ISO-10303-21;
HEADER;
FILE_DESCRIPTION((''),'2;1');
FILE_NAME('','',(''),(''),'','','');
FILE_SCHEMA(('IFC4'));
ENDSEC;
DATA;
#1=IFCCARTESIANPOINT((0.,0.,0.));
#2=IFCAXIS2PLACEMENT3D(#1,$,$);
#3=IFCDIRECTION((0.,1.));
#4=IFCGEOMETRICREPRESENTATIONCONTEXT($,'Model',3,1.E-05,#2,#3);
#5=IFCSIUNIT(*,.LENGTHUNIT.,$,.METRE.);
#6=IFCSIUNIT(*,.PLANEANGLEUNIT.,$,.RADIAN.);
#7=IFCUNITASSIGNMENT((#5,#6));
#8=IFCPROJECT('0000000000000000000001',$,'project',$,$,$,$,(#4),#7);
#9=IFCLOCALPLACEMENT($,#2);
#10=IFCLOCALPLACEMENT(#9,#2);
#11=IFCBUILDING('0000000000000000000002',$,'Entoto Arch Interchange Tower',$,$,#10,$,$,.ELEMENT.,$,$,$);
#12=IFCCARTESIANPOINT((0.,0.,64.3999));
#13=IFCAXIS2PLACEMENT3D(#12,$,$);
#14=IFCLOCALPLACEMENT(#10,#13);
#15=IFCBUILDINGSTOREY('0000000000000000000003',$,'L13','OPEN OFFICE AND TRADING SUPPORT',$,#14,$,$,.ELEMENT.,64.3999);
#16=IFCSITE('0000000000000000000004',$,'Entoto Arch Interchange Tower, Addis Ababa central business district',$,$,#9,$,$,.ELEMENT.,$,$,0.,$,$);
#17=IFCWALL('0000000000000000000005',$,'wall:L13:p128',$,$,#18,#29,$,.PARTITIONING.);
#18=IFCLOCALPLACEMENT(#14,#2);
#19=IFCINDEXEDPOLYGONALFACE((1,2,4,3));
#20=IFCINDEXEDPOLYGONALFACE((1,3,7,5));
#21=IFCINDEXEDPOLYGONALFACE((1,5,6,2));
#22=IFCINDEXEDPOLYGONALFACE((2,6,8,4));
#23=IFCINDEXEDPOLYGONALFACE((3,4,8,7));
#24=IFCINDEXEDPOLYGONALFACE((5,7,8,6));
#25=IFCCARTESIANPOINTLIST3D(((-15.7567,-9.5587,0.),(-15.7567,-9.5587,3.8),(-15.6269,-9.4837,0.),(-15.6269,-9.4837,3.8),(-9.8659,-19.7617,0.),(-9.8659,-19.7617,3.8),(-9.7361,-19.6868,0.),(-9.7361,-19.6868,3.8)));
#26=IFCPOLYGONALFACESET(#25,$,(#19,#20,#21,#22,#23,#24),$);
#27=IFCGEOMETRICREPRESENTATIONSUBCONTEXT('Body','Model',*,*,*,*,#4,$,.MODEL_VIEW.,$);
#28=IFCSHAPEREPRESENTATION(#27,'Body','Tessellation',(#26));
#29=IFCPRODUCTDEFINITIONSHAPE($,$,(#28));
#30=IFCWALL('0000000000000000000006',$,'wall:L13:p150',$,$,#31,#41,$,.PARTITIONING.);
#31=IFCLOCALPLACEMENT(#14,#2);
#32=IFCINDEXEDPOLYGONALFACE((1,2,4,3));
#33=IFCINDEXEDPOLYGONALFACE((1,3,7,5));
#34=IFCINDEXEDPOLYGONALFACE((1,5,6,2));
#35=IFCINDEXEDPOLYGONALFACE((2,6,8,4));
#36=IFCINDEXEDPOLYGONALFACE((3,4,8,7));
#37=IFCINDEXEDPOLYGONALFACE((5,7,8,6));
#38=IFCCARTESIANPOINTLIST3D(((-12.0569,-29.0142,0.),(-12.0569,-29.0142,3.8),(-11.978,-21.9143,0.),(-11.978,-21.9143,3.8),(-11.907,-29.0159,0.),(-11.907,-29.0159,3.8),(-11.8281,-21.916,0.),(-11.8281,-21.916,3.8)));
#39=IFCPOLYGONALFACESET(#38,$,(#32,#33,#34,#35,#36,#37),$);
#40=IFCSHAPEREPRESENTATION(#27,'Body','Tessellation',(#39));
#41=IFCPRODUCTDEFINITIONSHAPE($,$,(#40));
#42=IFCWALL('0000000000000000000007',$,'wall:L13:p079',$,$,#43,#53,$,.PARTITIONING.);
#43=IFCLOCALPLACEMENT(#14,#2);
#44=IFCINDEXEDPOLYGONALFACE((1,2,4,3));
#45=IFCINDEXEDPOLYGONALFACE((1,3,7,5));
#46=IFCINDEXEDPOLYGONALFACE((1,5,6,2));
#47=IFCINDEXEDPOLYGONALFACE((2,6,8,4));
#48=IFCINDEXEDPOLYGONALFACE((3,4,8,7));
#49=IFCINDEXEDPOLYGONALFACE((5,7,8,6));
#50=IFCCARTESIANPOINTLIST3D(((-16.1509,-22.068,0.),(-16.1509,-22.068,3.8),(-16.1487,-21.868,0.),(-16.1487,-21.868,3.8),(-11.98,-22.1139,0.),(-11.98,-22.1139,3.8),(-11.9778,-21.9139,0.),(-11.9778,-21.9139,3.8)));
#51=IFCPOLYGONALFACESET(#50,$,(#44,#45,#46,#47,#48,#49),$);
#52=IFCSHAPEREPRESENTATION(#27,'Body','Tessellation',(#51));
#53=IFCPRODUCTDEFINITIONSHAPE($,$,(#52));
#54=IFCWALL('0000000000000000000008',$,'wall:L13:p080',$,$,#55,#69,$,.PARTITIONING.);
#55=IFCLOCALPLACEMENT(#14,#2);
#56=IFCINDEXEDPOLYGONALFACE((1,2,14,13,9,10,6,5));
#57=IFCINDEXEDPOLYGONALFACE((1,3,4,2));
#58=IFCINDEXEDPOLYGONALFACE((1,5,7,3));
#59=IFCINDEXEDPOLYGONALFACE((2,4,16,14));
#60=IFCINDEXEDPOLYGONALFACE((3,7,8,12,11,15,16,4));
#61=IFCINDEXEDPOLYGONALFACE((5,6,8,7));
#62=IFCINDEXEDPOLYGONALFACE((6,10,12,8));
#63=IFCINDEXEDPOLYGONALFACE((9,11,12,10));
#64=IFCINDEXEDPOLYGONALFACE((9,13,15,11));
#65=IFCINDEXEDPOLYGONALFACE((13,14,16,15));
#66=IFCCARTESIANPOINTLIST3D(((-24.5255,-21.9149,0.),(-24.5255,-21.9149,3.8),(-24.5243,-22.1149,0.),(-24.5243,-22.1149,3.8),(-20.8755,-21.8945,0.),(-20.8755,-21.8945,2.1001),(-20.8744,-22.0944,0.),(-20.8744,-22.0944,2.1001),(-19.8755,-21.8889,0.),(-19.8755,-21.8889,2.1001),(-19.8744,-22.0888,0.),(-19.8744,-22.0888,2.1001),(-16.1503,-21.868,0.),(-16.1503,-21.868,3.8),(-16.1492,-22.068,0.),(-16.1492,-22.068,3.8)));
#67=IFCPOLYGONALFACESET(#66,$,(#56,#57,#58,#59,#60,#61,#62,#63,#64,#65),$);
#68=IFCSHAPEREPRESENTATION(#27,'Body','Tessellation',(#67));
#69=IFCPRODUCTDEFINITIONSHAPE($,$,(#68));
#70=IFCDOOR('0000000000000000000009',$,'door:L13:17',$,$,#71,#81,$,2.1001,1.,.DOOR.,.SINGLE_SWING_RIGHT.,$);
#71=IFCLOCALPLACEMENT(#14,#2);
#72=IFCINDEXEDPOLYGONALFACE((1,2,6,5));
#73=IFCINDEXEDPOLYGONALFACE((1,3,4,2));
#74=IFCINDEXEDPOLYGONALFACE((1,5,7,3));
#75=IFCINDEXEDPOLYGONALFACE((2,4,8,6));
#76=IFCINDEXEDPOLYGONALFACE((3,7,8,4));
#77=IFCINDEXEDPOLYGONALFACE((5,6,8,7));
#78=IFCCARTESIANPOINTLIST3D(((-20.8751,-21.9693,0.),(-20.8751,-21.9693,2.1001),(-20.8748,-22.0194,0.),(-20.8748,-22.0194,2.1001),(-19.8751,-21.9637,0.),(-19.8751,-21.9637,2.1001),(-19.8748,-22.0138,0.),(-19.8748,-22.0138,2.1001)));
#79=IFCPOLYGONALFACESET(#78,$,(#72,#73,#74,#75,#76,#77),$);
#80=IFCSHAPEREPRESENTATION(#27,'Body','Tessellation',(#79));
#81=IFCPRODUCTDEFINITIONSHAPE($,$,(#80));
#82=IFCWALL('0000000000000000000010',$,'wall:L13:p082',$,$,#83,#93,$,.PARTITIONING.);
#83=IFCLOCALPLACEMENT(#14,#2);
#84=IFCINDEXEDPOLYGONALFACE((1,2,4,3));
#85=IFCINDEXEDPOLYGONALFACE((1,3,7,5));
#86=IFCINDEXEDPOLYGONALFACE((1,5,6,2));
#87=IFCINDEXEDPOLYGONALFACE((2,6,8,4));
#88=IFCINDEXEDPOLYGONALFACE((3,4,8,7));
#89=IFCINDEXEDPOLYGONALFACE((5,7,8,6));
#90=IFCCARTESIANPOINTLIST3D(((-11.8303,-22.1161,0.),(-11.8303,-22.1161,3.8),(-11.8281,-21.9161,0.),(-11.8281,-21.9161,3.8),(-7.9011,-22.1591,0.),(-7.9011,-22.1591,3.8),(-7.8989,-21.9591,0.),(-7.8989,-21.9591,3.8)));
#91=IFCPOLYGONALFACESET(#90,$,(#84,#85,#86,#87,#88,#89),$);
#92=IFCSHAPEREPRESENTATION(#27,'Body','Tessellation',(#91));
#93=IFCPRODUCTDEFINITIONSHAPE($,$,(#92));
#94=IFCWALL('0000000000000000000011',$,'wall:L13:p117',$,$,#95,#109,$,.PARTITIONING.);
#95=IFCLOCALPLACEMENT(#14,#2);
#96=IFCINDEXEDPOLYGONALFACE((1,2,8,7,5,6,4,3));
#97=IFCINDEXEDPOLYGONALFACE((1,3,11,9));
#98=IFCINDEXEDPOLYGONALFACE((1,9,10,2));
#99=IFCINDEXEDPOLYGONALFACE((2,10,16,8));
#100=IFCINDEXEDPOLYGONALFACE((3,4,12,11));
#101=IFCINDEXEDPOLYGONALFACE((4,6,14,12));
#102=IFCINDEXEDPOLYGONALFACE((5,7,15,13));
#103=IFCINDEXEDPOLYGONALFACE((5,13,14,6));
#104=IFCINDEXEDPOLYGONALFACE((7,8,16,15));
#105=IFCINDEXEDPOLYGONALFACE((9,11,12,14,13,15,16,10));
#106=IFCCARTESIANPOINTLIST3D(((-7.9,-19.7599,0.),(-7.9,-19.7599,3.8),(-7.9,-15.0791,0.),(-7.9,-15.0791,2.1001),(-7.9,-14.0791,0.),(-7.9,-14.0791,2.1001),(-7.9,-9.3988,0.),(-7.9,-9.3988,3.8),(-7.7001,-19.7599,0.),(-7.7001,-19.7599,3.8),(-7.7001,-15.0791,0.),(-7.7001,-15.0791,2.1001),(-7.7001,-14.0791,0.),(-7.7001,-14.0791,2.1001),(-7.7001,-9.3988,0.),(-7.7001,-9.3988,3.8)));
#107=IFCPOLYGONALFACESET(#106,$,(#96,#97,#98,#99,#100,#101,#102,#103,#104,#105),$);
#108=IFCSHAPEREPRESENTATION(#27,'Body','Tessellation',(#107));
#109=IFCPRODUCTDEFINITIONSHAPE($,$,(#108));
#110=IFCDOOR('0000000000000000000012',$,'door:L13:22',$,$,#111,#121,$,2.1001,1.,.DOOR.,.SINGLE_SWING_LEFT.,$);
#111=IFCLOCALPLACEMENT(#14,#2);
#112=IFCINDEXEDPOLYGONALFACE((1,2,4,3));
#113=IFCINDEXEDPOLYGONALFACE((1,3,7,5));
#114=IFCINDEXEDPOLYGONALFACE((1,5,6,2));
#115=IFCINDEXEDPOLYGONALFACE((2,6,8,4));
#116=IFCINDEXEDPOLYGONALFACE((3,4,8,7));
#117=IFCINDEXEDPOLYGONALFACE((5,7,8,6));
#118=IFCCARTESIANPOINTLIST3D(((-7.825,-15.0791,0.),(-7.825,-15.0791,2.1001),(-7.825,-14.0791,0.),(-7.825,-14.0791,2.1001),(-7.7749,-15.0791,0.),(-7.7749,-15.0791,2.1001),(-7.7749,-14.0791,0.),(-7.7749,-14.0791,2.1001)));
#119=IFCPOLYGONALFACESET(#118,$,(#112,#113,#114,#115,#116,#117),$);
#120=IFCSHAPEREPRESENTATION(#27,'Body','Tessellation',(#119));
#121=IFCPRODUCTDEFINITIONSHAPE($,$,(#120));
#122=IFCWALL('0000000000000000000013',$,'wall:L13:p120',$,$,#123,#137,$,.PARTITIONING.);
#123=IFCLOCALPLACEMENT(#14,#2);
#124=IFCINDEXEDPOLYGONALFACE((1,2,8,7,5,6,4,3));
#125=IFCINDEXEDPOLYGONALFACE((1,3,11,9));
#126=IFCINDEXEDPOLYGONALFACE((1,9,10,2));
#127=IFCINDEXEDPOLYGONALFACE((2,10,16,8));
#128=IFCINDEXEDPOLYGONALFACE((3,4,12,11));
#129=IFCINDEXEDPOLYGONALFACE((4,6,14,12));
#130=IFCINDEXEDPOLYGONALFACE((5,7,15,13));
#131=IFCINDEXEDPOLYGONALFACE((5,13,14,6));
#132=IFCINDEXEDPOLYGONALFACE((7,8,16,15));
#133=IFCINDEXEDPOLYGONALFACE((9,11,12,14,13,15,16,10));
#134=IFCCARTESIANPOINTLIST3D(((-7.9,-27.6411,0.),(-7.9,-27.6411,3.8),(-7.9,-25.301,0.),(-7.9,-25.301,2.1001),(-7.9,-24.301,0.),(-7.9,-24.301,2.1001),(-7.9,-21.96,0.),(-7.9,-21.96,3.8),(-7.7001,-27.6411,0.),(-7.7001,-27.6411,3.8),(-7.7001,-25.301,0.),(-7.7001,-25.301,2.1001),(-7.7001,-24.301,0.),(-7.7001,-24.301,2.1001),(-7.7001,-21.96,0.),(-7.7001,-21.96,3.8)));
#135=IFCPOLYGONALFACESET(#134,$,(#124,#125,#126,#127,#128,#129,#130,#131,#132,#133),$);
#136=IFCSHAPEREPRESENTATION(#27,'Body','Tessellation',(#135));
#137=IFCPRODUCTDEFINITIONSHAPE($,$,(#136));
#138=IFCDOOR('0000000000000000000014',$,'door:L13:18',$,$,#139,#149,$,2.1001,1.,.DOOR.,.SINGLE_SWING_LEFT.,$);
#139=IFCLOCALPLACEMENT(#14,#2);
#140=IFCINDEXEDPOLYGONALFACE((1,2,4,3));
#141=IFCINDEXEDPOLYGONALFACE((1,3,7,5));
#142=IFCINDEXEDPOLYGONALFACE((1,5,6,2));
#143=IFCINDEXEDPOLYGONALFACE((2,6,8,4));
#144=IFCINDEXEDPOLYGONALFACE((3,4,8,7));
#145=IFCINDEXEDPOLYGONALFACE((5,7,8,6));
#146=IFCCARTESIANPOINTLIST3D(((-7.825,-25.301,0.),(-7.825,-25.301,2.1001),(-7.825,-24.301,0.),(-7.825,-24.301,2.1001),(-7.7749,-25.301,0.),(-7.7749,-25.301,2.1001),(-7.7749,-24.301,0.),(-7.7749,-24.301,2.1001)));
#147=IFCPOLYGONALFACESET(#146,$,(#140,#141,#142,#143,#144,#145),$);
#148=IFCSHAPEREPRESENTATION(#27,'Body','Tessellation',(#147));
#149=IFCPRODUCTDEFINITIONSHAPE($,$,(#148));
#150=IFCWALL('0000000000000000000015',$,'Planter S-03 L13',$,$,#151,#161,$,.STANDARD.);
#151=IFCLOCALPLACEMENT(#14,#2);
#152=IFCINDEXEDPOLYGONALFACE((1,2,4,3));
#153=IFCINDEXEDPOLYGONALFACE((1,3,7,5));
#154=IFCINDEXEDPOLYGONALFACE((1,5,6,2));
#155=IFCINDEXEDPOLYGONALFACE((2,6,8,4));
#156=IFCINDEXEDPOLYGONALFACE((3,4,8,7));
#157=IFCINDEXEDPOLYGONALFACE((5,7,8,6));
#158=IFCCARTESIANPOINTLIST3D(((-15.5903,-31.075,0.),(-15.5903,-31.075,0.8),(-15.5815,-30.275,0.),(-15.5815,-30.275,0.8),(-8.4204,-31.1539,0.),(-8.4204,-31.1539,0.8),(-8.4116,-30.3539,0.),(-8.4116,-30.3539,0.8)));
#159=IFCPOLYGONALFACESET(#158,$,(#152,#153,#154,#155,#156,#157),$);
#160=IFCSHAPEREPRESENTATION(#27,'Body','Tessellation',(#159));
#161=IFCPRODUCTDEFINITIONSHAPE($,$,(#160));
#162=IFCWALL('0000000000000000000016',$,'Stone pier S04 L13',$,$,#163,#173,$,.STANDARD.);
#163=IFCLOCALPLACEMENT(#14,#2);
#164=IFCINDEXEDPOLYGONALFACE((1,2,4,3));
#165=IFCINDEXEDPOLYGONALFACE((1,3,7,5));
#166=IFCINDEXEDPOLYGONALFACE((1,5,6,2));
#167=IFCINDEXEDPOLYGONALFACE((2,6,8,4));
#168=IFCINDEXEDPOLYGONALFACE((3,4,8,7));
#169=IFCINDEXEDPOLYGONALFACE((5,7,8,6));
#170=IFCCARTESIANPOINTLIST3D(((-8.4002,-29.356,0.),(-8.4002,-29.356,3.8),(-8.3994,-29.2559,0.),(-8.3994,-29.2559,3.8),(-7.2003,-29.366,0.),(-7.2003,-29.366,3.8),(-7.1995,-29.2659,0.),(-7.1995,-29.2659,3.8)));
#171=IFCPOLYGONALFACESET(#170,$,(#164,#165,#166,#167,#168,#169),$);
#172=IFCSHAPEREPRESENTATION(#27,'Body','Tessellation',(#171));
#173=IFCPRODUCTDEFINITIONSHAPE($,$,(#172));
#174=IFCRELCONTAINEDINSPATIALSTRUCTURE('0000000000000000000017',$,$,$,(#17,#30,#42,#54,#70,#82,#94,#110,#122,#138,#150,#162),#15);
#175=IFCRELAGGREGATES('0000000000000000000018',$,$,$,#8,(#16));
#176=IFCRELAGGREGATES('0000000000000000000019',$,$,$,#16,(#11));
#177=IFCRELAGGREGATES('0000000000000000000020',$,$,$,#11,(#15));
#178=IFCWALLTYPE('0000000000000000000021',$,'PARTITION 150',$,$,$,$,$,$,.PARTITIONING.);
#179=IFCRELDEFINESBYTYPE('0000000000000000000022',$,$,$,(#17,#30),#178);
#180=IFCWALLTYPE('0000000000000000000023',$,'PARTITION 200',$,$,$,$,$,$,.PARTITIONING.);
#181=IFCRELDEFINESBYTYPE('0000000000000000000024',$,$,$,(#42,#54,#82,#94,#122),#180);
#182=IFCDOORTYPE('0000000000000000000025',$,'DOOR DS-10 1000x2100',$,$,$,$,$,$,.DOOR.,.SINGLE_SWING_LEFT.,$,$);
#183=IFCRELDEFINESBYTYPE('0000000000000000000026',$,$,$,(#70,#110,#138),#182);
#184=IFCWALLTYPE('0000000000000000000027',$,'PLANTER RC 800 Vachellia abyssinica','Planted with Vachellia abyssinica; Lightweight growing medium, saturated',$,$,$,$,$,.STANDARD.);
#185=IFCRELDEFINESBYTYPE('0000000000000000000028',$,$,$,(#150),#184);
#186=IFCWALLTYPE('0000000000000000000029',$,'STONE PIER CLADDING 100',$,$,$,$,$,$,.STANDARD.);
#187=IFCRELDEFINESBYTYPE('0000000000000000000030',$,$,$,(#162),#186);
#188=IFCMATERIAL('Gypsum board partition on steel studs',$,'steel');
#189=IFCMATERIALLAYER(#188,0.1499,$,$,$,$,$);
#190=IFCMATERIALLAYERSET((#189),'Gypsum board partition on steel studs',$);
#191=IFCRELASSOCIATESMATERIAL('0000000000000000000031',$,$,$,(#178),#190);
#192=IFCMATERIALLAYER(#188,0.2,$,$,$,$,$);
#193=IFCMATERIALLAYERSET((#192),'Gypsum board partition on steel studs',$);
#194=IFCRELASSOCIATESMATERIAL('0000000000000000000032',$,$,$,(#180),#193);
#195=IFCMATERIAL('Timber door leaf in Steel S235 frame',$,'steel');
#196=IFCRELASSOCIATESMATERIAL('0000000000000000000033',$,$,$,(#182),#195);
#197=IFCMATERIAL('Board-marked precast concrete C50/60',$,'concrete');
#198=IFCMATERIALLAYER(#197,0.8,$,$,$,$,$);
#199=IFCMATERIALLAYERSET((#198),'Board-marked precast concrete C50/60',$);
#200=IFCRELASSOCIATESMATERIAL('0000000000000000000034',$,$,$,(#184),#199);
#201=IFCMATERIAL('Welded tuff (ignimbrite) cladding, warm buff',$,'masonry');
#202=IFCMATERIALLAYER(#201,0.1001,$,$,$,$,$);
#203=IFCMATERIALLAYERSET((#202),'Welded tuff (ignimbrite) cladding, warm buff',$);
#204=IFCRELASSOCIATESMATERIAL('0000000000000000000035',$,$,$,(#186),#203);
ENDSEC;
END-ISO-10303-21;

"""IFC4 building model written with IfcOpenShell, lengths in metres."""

from ifc_helpers import new_model, si_unit, direction, frame, frame_2d, origin, place, context, subcontext, project, spatial, rectangle, extrude, material, layer, layer_set, type_object, element, fill, save


model = new_model("IFC4")

# Units and contexts
model_context = context("Model", 3, precision=1e-05, world=origin(), true_north=direction((0.0, 1.0)))
body_context = subcontext(model_context, "Body", "Model", "MODEL_VIEW")
ifc_project = project(units=[si_unit("LENGTHUNIT", "METRE"), si_unit("PLANEANGLEUNIT", "RADIAN")], contexts=[model_context])

# Site, building, storey
site_placement = place(None, origin())
site = spatial("IfcSite", under=ifc_project, at=site_placement, Name="Entoto Arch Interchange Tower, Addis Ababa central business district", CompositionType="ELEMENT", RefElevation=0.0)
building_placement = place(site_placement, origin())
building = spatial("IfcBuilding", under=site, at=building_placement, Name="Entoto Arch Interchange Tower", CompositionType="ELEMENT")
storey_placement = place(building_placement, frame((0.0, 0.0, 64.3999)))
storey = spatial("IfcBuildingStorey", under=building, at=storey_placement, Name="L13", Description="OPEN OFFICE AND TRADING SUPPORT", CompositionType="ELEMENT", Elevation=64.3999)

# Walls
ifc_material_1 = material(Name="Gypsum board partition on steel studs", Category="steel")
ifc_layer_1 = layer(ifc_material_1, 0.1499)
ifc_layer_set_1 = layer_set([ifc_layer_1], Name="Gypsum board partition on steel studs")
wall_type_1 = type_object("IfcWallType", Name="PARTITION 150", PredefinedType="PARTITIONING", material=ifc_layer_set_1)
wall_1_placement = place(storey_placement, frame((-9.801, -19.7241, 0.0), z_axis=(0.0, 0.0, 1.0), x_axis=(-0.500006, 0.866022, 0.0)))
element("IfcWall", 1, at=wall_1_placement, inside=storey, type_object=wall_type_1, Name="wall:L13:p128", PredefinedType="PARTITIONING", context=body_context, shape_type="SweptSolid", body=[
    extrude(rectangle(XDim=11.7815, YDim=0.1499, at=frame_2d((5.8906, 0.0))), origin(), (0.0, 0.0, 1.0), 3.8),
])
wall_2_placement = place(storey_placement, frame((-11.9031, -21.915, 0.0), z_axis=(0.0, 0.0, 1.0), x_axis=(-0.011106, -0.999938, 0.0)))
element("IfcWall", 2, at=wall_2_placement, inside=storey, type_object=wall_type_1, Name="wall:L13:p150", PredefinedType="PARTITIONING", context=body_context, shape_type="SweptSolid", body=[
    extrude(rectangle(XDim=7.1003, YDim=0.1499, at=frame_2d((3.5503, 0.0))), origin(), (0.0, 0.0, 1.0), 3.8),
])
ifc_layer_2 = layer(ifc_material_1, 0.2)
ifc_layer_set_2 = layer_set([ifc_layer_2], Name="Gypsum board partition on steel studs")
wall_type_2 = type_object("IfcWallType", Name="PARTITION 200", PredefinedType="PARTITIONING", material=ifc_layer_set_2)
wall_3_placement = place(storey_placement, frame((-11.979, -22.0139, 0.0), z_axis=(0.0, 0.0, 1.0), x_axis=(-0.999939, 0.011004, 0.0)))
element("IfcWall", 3, at=wall_3_placement, inside=storey, type_object=wall_type_2, Name="wall:L13:p079", PredefinedType="PARTITIONING", context=body_context, shape_type="SweptSolid", body=[
    extrude(rectangle(XDim=4.1711, YDim=0.2, at=frame_2d((2.0854, 0.0))), origin(), (0.0, 0.0, 1.0), 3.8),
])

# Wall, opening, door
wall_4_placement = place(storey_placement, frame((-16.1499, -21.968, 0.0), z_axis=(0.0, 0.0, 1.0), x_axis=(-0.999984, -0.005597, 0.0)))
wall_4 = element("IfcWall", 4, at=wall_4_placement, inside=storey, type_object=wall_type_2, Name="wall:L13:p080", PredefinedType="PARTITIONING", context=body_context, shape_type="SweptSolid", body=[
    extrude(rectangle(XDim=8.3752, YDim=0.2, at=frame_2d((4.1875, 0.0))), origin(), (0.0, 0.0, 1.0), 3.8),
])
opening_1_placement = place(wall_4_placement, frame((3.7251, 0.0, 0.0)))
opening_1 = element("IfcOpeningElement", 5, at=opening_1_placement, cuts=wall_4, PredefinedType="OPENING", context=body_context, shape_type="SweptSolid", body=[
    extrude(rectangle(XDim=1.0, YDim=2.1001, at=frame_2d((0.5, 1.05))), frame((0.0, 0.1099, 0.0), z_axis=(0.0, -1.0, 0.0), x_axis=(1.0, 0.0, 0.0)), (0.0, 0.0, 1.0), 0.22),
])
ifc_material_2 = material(Name="Timber door leaf in Steel S235 frame", Category="steel")
door_type_1 = type_object("IfcDoorType", Name="DOOR DS-10 1000x2100", OperationType="SINGLE_SWING_LEFT", PredefinedType="DOOR", material=ifc_material_2)
door_1_placement = place(opening_1_placement, origin())
door_1 = element("IfcDoor", 6, at=door_1_placement, inside=storey, type_object=door_type_1, Name="door:L13:17", OperationType="SINGLE_SWING_RIGHT", OverallHeight=2.1001, OverallWidth=1.0, PredefinedType="DOOR", context=body_context, shape_type="SweptSolid", body=[
    extrude(rectangle(XDim=1.0, YDim=2.1001, at=frame_2d((0.5, 1.05))), frame((0.0, 0.0249, 0.0), z_axis=(0.0, -1.0, 0.0), x_axis=(1.0, 0.0, 0.0)), (0.0, 0.0, 1.0), 0.05),
])
fill(opening_1, door_1)

# Wall
wall_5_placement = place(storey_placement, frame((-7.8999, -22.0591, 0.0), z_axis=(0.0, 0.0, 1.0), x_axis=(-0.99994, 0.010935, 0.0)))
element("IfcWall", 7, at=wall_5_placement, inside=storey, type_object=wall_type_2, Name="wall:L13:p082", PredefinedType="PARTITIONING", context=body_context, shape_type="SweptSolid", body=[
    extrude(rectangle(XDim=3.9294, YDim=0.2, at=frame_2d((1.9648, 0.0))), origin(), (0.0, 0.0, 1.0), 3.8),
])

# Walls, openings, doors
wall_6_placement = place(storey_placement, frame((-7.8, -19.76, 0.0), z_axis=(0.0, 0.0, 1.0), x_axis=(0.0, 1.0, 0.0)))
wall_6 = element("IfcWall", 8, at=wall_6_placement, inside=storey, type_object=wall_type_2, Name="wall:L13:p117", PredefinedType="PARTITIONING", context=body_context, shape_type="SweptSolid", body=[
    extrude(rectangle(XDim=10.3611, YDim=0.2, at=frame_2d((5.1807, 0.0))), origin(), (0.0, 0.0, 1.0), 3.8),
])
opening_2_placement = place(wall_6_placement, frame((4.6809, 0.0, 0.0)))
opening_2 = element("IfcOpeningElement", 9, at=opening_2_placement, cuts=wall_6, PredefinedType="OPENING", context=body_context, shape_type="SweptSolid", body=[
    extrude(rectangle(XDim=1.0, YDim=2.1001, at=frame_2d((0.5, 1.05))), frame((0.0, 0.1099, 0.0), z_axis=(0.0, -1.0, 0.0), x_axis=(1.0, 0.0, 0.0)), (0.0, 0.0, 1.0), 0.22),
])
door_2_placement = place(opening_2_placement, origin())
door_2 = element("IfcDoor", 10, at=door_2_placement, inside=storey, type_object=door_type_1, Name="door:L13:22", OperationType="SINGLE_SWING_LEFT", OverallHeight=2.1001, OverallWidth=1.0, PredefinedType="DOOR", context=body_context, shape_type="SweptSolid", body=[
    extrude(rectangle(XDim=1.0, YDim=2.1001, at=frame_2d((0.5, 1.05))), frame((0.0, 0.0249, 0.0), z_axis=(0.0, -1.0, 0.0), x_axis=(1.0, 0.0, 0.0)), (0.0, 0.0, 1.0), 0.05),
])
fill(opening_2, door_2)
wall_7_placement = place(storey_placement, frame((-7.8, -27.6411, 0.0), z_axis=(0.0, 0.0, 1.0), x_axis=(0.0, 1.0, 0.0)))
wall_7 = element("IfcWall", 11, at=wall_7_placement, inside=storey, type_object=wall_type_2, Name="wall:L13:p120", PredefinedType="PARTITIONING", context=body_context, shape_type="SweptSolid", body=[
    extrude(rectangle(XDim=5.6812, YDim=0.2, at=frame_2d((2.8406, 0.0))), origin(), (0.0, 0.0, 1.0), 3.8),
])
opening_3_placement = place(wall_7_placement, frame((2.3401, 0.0, 0.0)))
opening_3 = element("IfcOpeningElement", 12, at=opening_3_placement, cuts=wall_7, PredefinedType="OPENING", context=body_context, shape_type="SweptSolid", body=[
    extrude(rectangle(XDim=1.0, YDim=2.1001, at=frame_2d((0.5, 1.05))), frame((0.0, 0.1099, 0.0), z_axis=(0.0, -1.0, 0.0), x_axis=(1.0, 0.0, 0.0)), (0.0, 0.0, 1.0), 0.22),
])
door_3_placement = place(opening_3_placement, origin())
door_3 = element("IfcDoor", 13, at=door_3_placement, inside=storey, type_object=door_type_1, Name="door:L13:18", OperationType="SINGLE_SWING_LEFT", OverallHeight=2.1001, OverallWidth=1.0, PredefinedType="DOOR", context=body_context, shape_type="SweptSolid", body=[
    extrude(rectangle(XDim=1.0, YDim=2.1001, at=frame_2d((0.5, 1.05))), frame((0.0, 0.0249, 0.0), z_axis=(0.0, -1.0, 0.0), x_axis=(1.0, 0.0, 0.0)), (0.0, 0.0, 1.0), 0.05),
])
fill(opening_3, door_3)

# Wall
ifc_material_3 = material(Name="Board-marked precast concrete C50/60", Category="concrete")
ifc_layer_3 = layer(ifc_material_3, 0.8)
ifc_layer_set_3 = layer_set([ifc_layer_3], Name="Board-marked precast concrete C50/60")
wall_type_3 = type_object("IfcWallType", Name="PLANTER RC 800 Vachellia abyssinica", Description="Planted with Vachellia abyssinica; Lightweight growing medium, saturated", PredefinedType="STANDARD", material=ifc_layer_set_3)
wall_8_placement = place(storey_placement, frame((-15.5859, -30.675, 0.0), z_axis=(0.0, 0.0, 1.0), x_axis=(0.99994, -0.010998, 0.0)))
element("IfcWall", 14, at=wall_8_placement, inside=storey, type_object=wall_type_3, Name="Planter S-03 L13", PredefinedType="STANDARD", context=body_context, shape_type="SweptSolid", body=[
    extrude(rectangle(XDim=7.1704, YDim=0.8, at=frame_2d((3.5852, 0.0))), origin(), (0.0, 0.0, 1.0), 0.8),
])

# Shared definitions
ifc_material_4 = material(Name="Welded tuff (ignimbrite) cladding, warm buff", Category="masonry")

# Wall
ifc_layer_4 = layer(ifc_material_4, 0.1001)
ifc_layer_set_4 = layer_set([ifc_layer_4], Name="Welded tuff (ignimbrite) cladding, warm buff")
wall_type_4 = type_object("IfcWallType", Name="STONE PIER CLADDING 100", PredefinedType="STANDARD", material=ifc_layer_set_4)
wall_9_placement = place(storey_placement, frame((-8.3999, -29.3059, 0.0), z_axis=(0.0, 0.0, 1.0), x_axis=(0.999965, -0.008342, 0.0)))
element("IfcWall", 15, at=wall_9_placement, inside=storey, type_object=wall_type_4, Name="Stone pier S04 L13", PredefinedType="STANDARD", context=body_context, shape_type="SweptSolid", body=[
    extrude(rectangle(XDim=1.2, YDim=0.1001, at=frame_2d((0.6001, 0.0))), origin(), (0.0, 0.0, 1.0), 3.8),
])

save(model, "model.ifc")
